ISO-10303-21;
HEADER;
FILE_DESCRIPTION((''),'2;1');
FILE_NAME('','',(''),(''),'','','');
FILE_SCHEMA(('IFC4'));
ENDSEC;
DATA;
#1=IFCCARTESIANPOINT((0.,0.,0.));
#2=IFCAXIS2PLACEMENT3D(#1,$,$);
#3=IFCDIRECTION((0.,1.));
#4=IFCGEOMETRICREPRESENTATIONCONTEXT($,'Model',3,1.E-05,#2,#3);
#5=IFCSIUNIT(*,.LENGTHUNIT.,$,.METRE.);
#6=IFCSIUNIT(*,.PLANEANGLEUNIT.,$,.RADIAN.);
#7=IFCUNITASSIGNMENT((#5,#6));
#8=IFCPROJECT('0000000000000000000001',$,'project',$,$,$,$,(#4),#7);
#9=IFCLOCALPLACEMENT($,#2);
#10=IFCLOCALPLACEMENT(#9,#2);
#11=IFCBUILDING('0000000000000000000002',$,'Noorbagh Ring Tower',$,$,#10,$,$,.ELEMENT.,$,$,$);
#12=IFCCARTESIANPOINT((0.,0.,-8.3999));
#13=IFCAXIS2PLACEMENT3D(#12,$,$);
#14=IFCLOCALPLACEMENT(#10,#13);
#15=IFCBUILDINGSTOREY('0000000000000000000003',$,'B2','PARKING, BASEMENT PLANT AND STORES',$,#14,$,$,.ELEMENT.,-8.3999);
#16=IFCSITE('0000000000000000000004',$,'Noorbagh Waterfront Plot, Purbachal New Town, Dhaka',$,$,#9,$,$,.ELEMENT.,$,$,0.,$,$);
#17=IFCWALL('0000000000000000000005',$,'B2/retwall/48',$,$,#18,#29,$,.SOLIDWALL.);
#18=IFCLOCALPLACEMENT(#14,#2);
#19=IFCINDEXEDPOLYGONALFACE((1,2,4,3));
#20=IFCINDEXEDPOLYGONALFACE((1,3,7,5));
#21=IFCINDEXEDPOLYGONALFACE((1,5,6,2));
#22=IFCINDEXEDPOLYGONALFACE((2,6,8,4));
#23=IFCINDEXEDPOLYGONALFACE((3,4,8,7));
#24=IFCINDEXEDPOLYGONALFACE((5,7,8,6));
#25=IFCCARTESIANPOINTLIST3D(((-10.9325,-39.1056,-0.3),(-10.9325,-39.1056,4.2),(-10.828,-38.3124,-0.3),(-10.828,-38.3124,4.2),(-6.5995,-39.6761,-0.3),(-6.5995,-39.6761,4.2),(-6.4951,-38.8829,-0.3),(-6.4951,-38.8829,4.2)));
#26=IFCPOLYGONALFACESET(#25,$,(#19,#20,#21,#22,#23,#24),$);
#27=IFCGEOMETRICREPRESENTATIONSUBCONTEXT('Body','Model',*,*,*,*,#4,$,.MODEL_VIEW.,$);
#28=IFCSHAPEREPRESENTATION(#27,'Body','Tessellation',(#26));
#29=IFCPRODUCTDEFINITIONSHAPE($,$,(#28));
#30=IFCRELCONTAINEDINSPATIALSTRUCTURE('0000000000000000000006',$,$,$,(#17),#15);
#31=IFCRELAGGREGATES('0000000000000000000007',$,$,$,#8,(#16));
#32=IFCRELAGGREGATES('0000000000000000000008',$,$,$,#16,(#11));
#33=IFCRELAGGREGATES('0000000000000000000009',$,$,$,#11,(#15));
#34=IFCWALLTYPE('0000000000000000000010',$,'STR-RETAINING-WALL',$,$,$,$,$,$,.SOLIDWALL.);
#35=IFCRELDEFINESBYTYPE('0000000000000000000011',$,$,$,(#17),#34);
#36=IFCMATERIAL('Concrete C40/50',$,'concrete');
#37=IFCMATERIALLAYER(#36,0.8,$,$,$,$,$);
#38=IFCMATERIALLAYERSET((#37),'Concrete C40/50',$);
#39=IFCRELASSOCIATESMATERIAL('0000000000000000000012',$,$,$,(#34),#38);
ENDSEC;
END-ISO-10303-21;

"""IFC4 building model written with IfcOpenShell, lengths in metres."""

from ifc_helpers import new_model, si_unit, direction, frame, frame_2d, origin, place, context, subcontext, project, spatial, rectangle, extrude, material, layer, layer_set, type_object, element, save


model = new_model("IFC4")

# Units and contexts
model_context = context("Model", 3, precision=1e-05, world=origin(), true_north=direction((0.0, 1.0)))
body_context = subcontext(model_context, "Body", "Model", "MODEL_VIEW")
ifc_project = project(units=[si_unit("LENGTHUNIT", "METRE"), si_unit("PLANEANGLEUNIT", "RADIAN")], contexts=[model_context])

# Site, building, storey
site_placement = place(None, origin())
site = spatial("IfcSite", under=ifc_project, at=site_placement, Name="Noorbagh Waterfront Plot, Purbachal New Town, Dhaka", CompositionType="ELEMENT", RefElevation=0.0)
building_placement = place(site_placement, origin())
building = spatial("IfcBuilding", under=site, at=building_placement, Name="Noorbagh Ring Tower", CompositionType="ELEMENT")
storey_placement = place(building_placement, frame((0.0, 0.0, -8.3999)))
storey = spatial("IfcBuildingStorey", under=building, at=storey_placement, Name="B2", Description="PARKING, BASEMENT PLANT AND STORES", CompositionType="ELEMENT", Elevation=-8.3999)

# Wall
ifc_material_1 = material(Name="Concrete C40/50", Category="concrete")
ifc_layer_1 = layer(ifc_material_1, 0.8)
ifc_layer_set_1 = layer_set([ifc_layer_1], Name="Concrete C40/50")
wall_type_1 = type_object("IfcWallType", Name="STR-RETAINING-WALL", PredefinedType="SOLIDWALL", material=ifc_layer_set_1)
wall_1_placement = place(storey_placement, frame((-10.8801, -38.709, -0.3), z_axis=(0.0, 0.0, 1.0), x_axis=(0.991442, -0.13055, 0.0)))
element("IfcWall", 1, at=wall_1_placement, inside=storey, type_object=wall_type_1, Name="B2/retwall/48", PredefinedType="SOLIDWALL", context=body_context, shape_type="SweptSolid", body=[
    extrude(rectangle(XDim=4.3704, YDim=0.8, at=frame_2d((2.1851, 0.0))), origin(), (0.0, 0.0, 1.0), 4.5),
])

save(model, "model.ifc")
